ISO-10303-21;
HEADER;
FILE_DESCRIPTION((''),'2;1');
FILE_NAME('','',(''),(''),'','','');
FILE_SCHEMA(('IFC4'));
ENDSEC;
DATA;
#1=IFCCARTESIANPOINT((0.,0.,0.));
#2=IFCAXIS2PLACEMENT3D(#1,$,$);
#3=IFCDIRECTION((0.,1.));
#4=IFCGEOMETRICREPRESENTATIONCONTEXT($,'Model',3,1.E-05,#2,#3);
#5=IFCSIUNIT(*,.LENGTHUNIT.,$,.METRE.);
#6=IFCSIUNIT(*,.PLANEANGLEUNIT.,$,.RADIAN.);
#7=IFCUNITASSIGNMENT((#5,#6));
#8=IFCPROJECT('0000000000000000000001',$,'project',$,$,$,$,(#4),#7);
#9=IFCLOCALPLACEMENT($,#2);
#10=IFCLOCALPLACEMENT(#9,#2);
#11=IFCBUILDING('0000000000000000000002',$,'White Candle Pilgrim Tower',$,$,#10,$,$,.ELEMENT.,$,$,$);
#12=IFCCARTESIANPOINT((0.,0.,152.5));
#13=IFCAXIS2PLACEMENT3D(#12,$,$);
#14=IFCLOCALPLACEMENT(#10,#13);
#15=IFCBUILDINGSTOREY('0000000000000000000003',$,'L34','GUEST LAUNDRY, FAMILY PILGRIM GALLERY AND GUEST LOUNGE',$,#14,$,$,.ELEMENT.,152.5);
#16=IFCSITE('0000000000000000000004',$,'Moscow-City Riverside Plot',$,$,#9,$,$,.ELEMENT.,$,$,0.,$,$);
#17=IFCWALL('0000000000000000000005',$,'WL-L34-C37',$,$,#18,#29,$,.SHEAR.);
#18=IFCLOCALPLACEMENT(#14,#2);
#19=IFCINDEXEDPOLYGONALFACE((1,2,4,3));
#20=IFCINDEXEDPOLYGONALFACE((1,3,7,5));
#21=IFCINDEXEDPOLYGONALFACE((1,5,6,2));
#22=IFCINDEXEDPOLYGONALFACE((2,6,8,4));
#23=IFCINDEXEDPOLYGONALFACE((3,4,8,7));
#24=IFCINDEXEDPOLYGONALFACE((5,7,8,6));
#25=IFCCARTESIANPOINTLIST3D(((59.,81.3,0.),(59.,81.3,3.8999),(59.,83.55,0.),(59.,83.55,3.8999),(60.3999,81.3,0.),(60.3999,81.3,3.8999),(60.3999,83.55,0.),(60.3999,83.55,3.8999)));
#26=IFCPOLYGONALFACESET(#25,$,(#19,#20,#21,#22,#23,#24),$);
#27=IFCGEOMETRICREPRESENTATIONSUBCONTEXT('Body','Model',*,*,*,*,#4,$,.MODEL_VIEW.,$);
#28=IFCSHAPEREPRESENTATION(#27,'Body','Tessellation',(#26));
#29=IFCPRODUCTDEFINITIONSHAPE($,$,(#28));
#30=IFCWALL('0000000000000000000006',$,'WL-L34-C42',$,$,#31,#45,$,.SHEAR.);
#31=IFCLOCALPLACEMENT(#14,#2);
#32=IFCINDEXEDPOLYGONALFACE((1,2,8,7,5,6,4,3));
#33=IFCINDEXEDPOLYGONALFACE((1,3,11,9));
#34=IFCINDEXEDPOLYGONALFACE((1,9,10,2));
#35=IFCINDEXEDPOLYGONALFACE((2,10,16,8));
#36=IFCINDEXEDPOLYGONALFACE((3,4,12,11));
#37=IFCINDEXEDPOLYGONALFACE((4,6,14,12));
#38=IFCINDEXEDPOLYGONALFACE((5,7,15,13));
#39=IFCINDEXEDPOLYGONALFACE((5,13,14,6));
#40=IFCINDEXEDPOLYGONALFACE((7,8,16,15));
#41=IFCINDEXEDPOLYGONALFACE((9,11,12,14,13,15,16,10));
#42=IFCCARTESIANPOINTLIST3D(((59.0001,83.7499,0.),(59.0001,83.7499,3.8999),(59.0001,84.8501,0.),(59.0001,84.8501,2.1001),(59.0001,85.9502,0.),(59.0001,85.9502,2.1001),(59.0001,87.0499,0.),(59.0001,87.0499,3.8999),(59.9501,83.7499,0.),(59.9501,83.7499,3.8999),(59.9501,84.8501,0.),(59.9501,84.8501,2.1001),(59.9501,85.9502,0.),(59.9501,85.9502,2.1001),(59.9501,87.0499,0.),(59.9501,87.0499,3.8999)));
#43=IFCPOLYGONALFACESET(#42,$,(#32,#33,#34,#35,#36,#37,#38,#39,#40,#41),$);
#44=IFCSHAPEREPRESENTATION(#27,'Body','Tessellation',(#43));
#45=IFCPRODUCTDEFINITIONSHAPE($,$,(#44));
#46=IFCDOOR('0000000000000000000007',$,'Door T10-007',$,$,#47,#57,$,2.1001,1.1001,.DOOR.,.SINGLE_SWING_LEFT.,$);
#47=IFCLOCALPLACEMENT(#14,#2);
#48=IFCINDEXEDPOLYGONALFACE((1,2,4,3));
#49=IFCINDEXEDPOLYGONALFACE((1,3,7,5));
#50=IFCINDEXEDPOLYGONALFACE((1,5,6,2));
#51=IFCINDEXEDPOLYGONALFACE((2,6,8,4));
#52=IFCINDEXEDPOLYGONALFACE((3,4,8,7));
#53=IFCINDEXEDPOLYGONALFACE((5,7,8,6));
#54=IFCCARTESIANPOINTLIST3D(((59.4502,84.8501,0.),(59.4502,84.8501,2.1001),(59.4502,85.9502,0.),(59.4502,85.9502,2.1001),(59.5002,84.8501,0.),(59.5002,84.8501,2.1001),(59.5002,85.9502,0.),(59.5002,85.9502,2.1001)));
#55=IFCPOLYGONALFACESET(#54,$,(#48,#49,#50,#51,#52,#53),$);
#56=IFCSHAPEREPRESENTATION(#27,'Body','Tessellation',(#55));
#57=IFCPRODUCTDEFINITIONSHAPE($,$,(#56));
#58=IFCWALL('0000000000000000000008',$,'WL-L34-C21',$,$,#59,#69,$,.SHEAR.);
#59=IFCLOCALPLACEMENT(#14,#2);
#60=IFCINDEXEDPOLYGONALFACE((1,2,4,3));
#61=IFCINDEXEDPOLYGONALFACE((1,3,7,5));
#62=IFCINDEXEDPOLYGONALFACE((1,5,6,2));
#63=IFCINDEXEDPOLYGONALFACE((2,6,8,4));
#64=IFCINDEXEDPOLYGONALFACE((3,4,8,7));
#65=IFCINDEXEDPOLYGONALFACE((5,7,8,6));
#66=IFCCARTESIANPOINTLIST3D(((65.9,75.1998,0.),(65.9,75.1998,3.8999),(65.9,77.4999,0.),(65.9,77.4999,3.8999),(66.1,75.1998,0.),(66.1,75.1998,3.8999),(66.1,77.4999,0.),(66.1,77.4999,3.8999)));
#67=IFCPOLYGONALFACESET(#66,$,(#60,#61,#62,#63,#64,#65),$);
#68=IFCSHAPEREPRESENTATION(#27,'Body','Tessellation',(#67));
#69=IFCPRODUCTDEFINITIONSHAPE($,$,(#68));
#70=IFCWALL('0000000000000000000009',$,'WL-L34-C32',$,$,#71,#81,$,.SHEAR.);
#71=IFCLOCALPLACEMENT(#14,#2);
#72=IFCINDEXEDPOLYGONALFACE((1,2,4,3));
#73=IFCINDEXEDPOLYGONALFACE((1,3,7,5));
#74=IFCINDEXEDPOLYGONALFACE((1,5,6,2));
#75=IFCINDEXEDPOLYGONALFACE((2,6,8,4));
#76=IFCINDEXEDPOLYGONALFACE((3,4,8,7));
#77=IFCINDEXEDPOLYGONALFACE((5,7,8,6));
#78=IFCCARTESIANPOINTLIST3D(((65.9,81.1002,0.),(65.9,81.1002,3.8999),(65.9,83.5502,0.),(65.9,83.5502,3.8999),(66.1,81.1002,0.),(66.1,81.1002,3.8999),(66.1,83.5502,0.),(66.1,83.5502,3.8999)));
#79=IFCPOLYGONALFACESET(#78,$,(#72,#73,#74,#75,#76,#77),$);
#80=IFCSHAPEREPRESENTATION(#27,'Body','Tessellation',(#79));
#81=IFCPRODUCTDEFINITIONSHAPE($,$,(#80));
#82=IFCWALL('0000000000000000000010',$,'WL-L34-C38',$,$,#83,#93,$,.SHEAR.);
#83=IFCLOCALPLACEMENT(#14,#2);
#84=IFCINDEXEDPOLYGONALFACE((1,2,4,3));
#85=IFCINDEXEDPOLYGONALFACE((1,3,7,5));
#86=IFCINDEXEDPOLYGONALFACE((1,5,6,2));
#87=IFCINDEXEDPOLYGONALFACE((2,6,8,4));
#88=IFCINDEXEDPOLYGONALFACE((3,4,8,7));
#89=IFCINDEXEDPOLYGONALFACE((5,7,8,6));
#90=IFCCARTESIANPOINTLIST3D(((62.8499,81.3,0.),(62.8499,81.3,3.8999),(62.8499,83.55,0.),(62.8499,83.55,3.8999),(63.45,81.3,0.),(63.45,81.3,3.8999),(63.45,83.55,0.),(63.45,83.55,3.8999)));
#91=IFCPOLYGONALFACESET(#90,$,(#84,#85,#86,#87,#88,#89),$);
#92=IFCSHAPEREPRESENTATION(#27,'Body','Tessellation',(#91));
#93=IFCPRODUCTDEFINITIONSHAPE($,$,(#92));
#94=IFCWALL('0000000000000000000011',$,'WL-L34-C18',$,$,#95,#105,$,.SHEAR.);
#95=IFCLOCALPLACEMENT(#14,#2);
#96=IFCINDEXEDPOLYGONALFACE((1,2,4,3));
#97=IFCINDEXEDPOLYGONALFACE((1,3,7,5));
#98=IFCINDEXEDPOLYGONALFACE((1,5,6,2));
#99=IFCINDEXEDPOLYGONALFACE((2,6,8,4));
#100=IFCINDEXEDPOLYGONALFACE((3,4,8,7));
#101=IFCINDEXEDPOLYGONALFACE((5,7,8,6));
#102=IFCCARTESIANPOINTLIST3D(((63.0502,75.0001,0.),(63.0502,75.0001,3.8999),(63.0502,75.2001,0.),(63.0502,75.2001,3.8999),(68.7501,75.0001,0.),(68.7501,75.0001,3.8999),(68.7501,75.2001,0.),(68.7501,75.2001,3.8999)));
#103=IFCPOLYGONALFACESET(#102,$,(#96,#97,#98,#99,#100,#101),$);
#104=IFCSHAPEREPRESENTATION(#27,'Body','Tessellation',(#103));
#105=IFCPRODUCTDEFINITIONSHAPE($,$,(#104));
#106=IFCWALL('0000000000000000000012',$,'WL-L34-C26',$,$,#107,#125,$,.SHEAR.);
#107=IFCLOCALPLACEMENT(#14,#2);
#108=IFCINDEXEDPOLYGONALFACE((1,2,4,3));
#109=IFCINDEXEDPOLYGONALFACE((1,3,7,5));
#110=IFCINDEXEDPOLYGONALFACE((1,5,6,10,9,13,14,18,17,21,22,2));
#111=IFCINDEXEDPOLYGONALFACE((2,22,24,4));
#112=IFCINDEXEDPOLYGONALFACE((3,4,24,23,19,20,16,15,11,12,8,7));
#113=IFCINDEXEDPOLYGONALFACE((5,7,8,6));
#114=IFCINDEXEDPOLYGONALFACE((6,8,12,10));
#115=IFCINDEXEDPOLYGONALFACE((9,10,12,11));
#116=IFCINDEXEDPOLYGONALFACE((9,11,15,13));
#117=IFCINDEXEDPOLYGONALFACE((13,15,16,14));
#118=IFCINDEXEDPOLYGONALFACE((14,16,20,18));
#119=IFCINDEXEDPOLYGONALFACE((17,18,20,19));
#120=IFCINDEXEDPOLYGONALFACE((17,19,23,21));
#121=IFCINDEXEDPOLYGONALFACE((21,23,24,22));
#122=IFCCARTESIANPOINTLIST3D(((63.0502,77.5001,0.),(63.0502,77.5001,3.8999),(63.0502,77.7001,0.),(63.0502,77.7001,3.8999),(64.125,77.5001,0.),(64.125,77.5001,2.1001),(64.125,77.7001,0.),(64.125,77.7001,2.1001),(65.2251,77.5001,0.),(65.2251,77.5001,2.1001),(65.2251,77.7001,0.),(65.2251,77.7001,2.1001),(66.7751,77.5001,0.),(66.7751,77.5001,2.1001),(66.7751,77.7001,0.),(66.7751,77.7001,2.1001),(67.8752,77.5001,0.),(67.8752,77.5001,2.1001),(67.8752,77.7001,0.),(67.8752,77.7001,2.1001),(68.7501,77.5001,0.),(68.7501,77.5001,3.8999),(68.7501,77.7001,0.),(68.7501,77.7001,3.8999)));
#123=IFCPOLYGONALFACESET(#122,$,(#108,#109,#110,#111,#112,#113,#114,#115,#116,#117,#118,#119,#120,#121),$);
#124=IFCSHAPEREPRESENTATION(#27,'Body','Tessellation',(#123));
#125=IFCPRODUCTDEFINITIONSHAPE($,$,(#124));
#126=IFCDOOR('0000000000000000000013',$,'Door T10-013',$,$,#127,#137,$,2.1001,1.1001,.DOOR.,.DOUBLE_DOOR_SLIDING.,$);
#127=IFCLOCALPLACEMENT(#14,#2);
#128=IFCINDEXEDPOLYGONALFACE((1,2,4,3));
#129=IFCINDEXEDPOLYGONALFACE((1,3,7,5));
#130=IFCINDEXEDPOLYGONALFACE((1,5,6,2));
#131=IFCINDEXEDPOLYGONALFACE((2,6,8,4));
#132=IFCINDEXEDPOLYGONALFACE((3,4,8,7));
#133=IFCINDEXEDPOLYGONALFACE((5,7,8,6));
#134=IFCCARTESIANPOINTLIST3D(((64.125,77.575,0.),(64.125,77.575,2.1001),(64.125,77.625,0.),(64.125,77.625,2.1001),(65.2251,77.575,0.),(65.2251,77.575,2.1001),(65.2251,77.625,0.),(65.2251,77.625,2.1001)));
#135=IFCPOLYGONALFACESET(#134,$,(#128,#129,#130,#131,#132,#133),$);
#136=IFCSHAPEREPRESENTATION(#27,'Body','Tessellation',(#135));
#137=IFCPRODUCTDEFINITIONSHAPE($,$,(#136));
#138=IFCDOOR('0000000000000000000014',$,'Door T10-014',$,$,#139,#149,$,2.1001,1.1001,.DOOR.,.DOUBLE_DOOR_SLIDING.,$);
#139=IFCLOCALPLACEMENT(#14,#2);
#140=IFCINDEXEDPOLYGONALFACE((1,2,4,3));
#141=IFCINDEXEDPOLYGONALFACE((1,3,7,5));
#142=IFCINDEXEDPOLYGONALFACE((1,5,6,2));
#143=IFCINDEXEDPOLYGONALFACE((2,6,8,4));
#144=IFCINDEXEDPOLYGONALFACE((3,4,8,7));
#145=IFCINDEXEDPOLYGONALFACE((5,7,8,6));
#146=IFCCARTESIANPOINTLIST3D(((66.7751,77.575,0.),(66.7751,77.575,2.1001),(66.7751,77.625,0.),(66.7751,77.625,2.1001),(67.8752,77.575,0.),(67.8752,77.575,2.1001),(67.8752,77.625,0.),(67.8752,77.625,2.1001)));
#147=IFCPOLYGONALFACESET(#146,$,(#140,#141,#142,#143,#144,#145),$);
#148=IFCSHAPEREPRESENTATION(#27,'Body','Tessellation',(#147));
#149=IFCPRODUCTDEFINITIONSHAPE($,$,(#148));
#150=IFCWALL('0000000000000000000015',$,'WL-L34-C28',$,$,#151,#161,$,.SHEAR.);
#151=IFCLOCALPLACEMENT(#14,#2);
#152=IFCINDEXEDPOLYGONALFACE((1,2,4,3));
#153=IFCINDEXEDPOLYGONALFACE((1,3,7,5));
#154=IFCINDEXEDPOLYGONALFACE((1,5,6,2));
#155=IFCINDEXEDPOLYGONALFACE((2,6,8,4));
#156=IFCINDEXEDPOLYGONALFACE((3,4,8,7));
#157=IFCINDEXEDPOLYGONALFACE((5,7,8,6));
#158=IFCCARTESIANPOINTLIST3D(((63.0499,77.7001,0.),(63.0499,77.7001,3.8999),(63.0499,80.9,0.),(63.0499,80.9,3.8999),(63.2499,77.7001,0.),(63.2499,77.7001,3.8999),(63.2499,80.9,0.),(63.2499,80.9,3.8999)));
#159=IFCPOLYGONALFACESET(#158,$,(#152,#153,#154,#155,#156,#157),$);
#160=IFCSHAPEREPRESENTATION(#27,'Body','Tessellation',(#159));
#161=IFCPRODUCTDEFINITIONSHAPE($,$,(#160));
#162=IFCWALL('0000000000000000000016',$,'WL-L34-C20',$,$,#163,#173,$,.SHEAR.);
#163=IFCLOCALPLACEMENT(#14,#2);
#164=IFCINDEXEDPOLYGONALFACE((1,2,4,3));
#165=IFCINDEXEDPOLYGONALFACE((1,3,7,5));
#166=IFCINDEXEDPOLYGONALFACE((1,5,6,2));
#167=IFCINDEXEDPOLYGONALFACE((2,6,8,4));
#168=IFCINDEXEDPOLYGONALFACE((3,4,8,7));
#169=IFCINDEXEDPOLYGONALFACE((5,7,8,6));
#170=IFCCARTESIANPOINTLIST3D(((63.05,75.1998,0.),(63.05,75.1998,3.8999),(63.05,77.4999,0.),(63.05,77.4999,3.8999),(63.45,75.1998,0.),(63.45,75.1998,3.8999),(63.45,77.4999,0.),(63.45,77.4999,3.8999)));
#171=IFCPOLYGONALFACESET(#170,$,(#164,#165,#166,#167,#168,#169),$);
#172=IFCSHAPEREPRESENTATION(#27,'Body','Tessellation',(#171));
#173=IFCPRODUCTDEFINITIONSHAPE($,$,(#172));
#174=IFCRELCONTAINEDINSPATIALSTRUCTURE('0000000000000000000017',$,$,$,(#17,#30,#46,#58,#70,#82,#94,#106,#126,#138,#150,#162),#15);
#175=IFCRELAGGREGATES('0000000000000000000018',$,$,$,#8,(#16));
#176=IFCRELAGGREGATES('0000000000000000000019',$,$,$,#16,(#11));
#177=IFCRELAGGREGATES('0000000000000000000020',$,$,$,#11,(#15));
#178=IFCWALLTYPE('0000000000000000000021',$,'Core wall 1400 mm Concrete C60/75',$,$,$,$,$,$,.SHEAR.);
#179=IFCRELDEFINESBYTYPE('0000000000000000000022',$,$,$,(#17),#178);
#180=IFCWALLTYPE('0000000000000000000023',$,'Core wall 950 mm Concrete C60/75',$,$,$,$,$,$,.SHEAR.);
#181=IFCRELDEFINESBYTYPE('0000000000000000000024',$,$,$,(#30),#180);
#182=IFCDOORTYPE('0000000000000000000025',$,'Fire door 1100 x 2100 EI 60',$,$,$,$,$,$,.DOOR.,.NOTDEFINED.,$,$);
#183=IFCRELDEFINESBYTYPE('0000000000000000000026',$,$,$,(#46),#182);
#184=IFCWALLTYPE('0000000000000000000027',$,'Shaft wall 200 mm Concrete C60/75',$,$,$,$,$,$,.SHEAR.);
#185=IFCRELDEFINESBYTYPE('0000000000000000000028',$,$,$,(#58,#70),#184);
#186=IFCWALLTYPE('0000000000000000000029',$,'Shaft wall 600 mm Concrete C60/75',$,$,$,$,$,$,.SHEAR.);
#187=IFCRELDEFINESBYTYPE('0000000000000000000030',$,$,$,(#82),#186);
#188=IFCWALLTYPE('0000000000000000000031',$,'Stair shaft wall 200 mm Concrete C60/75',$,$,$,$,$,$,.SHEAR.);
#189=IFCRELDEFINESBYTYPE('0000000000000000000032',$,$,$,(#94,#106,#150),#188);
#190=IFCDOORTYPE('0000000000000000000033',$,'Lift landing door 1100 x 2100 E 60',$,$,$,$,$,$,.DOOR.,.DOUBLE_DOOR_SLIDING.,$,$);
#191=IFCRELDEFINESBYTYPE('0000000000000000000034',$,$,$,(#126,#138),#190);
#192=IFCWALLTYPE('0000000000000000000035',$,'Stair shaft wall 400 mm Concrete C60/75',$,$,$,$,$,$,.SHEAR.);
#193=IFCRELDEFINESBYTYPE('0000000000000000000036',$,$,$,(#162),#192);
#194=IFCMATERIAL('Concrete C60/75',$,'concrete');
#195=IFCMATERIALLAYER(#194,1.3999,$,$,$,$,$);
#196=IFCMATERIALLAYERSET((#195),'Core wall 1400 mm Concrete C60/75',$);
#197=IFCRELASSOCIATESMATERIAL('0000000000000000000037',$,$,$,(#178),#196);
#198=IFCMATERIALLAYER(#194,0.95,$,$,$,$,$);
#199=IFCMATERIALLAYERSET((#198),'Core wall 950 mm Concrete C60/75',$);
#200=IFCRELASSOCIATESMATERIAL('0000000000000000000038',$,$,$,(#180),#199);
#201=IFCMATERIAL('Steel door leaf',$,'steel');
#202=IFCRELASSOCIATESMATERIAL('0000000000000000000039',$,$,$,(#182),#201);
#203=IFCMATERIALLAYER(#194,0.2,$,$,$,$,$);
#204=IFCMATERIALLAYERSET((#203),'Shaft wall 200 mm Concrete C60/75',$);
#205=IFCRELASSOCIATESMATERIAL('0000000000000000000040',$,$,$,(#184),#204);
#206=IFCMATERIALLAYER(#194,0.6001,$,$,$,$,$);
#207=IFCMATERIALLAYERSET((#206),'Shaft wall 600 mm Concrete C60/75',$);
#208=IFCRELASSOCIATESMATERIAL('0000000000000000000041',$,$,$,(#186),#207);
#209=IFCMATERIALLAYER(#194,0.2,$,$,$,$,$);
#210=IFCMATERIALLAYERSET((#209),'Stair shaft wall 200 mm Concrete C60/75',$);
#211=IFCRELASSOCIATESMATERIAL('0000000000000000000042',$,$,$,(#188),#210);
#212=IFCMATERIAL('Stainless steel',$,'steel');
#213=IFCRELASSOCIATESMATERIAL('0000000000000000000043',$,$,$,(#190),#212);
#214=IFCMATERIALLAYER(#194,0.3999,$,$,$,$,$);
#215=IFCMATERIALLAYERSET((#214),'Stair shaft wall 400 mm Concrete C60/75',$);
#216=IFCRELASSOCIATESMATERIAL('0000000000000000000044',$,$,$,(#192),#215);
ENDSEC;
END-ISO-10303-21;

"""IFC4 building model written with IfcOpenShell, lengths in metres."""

from ifc_helpers import new_model, si_unit, direction, frame, frame_2d, origin, place, context, subcontext, project, spatial, rectangle, extrude, material, layer, layer_set, type_object, element, fill, save


model = new_model("IFC4")

# Units and contexts
model_context = context("Model", 3, precision=1e-05, world=origin(), true_north=direction((0.0, 1.0)))
body_context = subcontext(model_context, "Body", "Model", "MODEL_VIEW")
ifc_project = project(units=[si_unit("LENGTHUNIT", "METRE"), si_unit("PLANEANGLEUNIT", "RADIAN")], contexts=[model_context])

# Site, building, storey
site_placement = place(None, origin())
site = spatial("IfcSite", under=ifc_project, at=site_placement, Name="Moscow-City Riverside Plot", CompositionType="ELEMENT", RefElevation=0.0)
building_placement = place(site_placement, origin())
building = spatial("IfcBuilding", under=site, at=building_placement, Name="White Candle Pilgrim Tower", CompositionType="ELEMENT")
storey_placement = place(building_placement, frame((0.0, 0.0, 152.5)))
storey = spatial("IfcBuildingStorey", under=building, at=storey_placement, Name="L34", Description="GUEST LAUNDRY, FAMILY PILGRIM GALLERY AND GUEST LOUNGE", CompositionType="ELEMENT", Elevation=152.5)

# Wall
ifc_material_1 = material(Name="Concrete C60/75", Category="concrete")
ifc_layer_1 = layer(ifc_material_1, 1.3999)
ifc_layer_set_1 = layer_set([ifc_layer_1], Name="Core wall 1400 mm Concrete C60/75")
wall_type_1 = type_object("IfcWallType", Name="Core wall 1400 mm Concrete C60/75", PredefinedType="SHEAR", material=ifc_layer_set_1)
wall_1_placement = place(storey_placement, frame((59.7, 81.3, 0.0), z_axis=(0.0, 0.0, 1.0), x_axis=(0.0, 1.0, 0.0)))
element("IfcWall", 1, at=wall_1_placement, inside=storey, type_object=wall_type_1, Name="WL-L34-C37", PredefinedType="SHEAR", context=body_context, shape_type="SweptSolid", body=[
    extrude(rectangle(XDim=2.25, YDim=1.3999, at=frame_2d((1.125, 0.0))), origin(), (0.0, 0.0, 1.0), 3.8999),
])

# Wall, opening, door
ifc_layer_2 = layer(ifc_material_1, 0.95)
ifc_layer_set_2 = layer_set([ifc_layer_2], Name="Core wall 950 mm Concrete C60/75")
wall_type_2 = type_object("IfcWallType", Name="Core wall 950 mm Concrete C60/75", PredefinedType="SHEAR", material=ifc_layer_set_2)
wall_2_placement = place(storey_placement, frame((59.4751, 83.75, 0.0), z_axis=(0.0, 0.0, 1.0), x_axis=(0.0, 1.0, 0.0)))
wall_2 = element("IfcWall", 2, at=wall_2_placement, inside=storey, type_object=wall_type_2, Name="WL-L34-C42", PredefinedType="SHEAR", context=body_context, shape_type="SweptSolid", body=[
    extrude(rectangle(XDim=3.3, YDim=0.95, at=frame_2d((1.6499, 0.0))), origin(), (0.0, 0.0, 1.0), 3.8999),
])
opening_1_placement = place(wall_2_placement, frame((1.1001, 0.0, 0.0)))
opening_1 = element("IfcOpeningElement", 3, at=opening_1_placement, cuts=wall_2, PredefinedType="OPENING", context=body_context, shape_type="SweptSolid", body=[
    extrude(rectangle(XDim=1.1001, YDim=2.1001, at=frame_2d((0.55, 1.05))), frame((0.0, 0.4849, 0.0), z_axis=(0.0, -1.0, 0.0), x_axis=(1.0, 0.0, 0.0)), (0.0, 0.0, 1.0), 0.97),
])
ifc_material_2 = material(Name="Steel door leaf", Category="steel")
door_type_1 = type_object("IfcDoorType", Name="Fire door 1100 x 2100 EI 60", OperationType="NOTDEFINED", PredefinedType="DOOR", material=ifc_material_2)
door_1_placement = place(opening_1_placement, origin())
door_1 = element("IfcDoor", 4, at=door_1_placement, inside=storey, type_object=door_type_1, Name="Door T10-007", OperationType="SINGLE_SWING_LEFT", OverallHeight=2.1001, OverallWidth=1.1001, PredefinedType="DOOR", context=body_context, shape_type="SweptSolid", body=[
    extrude(rectangle(XDim=1.1001, YDim=2.1001, at=frame_2d((0.55, 1.05))), frame((0.0, 0.0249, 0.0), z_axis=(0.0, -1.0, 0.0), x_axis=(1.0, 0.0, 0.0)), (0.0, 0.0, 1.0), 0.05),
])
fill(opening_1, door_1)

# Walls
ifc_layer_3 = layer(ifc_material_1, 0.2)
ifc_layer_set_3 = layer_set([ifc_layer_3], Name="Shaft wall 200 mm Concrete C60/75")
wall_type_3 = type_object("IfcWallType", Name="Shaft wall 200 mm Concrete C60/75", PredefinedType="SHEAR", material=ifc_layer_set_3)
wall_3_placement = place(storey_placement, frame((66.0, 75.2, 0.0), z_axis=(0.0, 0.0, 1.0), x_axis=(0.0, 1.0, 0.0)))
element("IfcWall", 5, at=wall_3_placement, inside=storey, type_object=wall_type_3, Name="WL-L34-C21", PredefinedType="SHEAR", context=body_context, shape_type="SweptSolid", body=[
    extrude(rectangle(XDim=2.3, YDim=0.2, at=frame_2d((1.1499, 0.0))), origin(), (0.0, 0.0, 1.0), 3.8999),
])
wall_4_placement = place(storey_placement, frame((66.0, 81.1001, 0.0), z_axis=(0.0, 0.0, 1.0), x_axis=(0.0, 1.0, 0.0)))
element("IfcWall", 6, at=wall_4_placement, inside=storey, type_object=wall_type_3, Name="WL-L34-C32", PredefinedType="SHEAR", context=body_context, shape_type="SweptSolid", body=[
    extrude(rectangle(XDim=2.45, YDim=0.2, at=frame_2d((1.2251, 0.0))), origin(), (0.0, 0.0, 1.0), 3.8999),
])
ifc_layer_4 = layer(ifc_material_1, 0.6001)
ifc_layer_set_4 = layer_set([ifc_layer_4], Name="Shaft wall 600 mm Concrete C60/75")
wall_type_4 = type_object("IfcWallType", Name="Shaft wall 600 mm Concrete C60/75", PredefinedType="SHEAR", material=ifc_layer_set_4)
wall_5_placement = place(storey_placement, frame((63.1499, 81.3, 0.0), z_axis=(0.0, 0.0, 1.0), x_axis=(0.0, 1.0, 0.0)))
element("IfcWall", 7, at=wall_5_placement, inside=storey, type_object=wall_type_4, Name="WL-L34-C38", PredefinedType="SHEAR", context=body_context, shape_type="SweptSolid", body=[
    extrude(rectangle(XDim=2.25, YDim=0.6001, at=frame_2d((1.125, 0.0))), origin(), (0.0, 0.0, 1.0), 3.8999),
])
ifc_layer_5 = layer(ifc_material_1, 0.2)
ifc_layer_set_5 = layer_set([ifc_layer_5], Name="Stair shaft wall 200 mm Concrete C60/75")
wall_type_5 = type_object("IfcWallType", Name="Stair shaft wall 200 mm Concrete C60/75", PredefinedType="SHEAR", material=ifc_layer_set_5)
wall_6_placement = place(storey_placement, frame((63.05, 75.1001, 0.0), z_axis=(0.0, 0.0, 1.0), x_axis=(1.0, 0.0, 0.0)))
element("IfcWall", 8, at=wall_6_placement, inside=storey, type_object=wall_type_5, Name="WL-L34-C18", PredefinedType="SHEAR", context=body_context, shape_type="SweptSolid", body=[
    extrude(rectangle(XDim=5.7, YDim=0.2, at=frame_2d((2.8501, 0.0))), origin(), (0.0, 0.0, 1.0), 3.8999),
])

# Wall, openings, doors
wall_7_placement = place(storey_placement, frame((63.05, 77.6001, 0.0), z_axis=(0.0, 0.0, 1.0), x_axis=(1.0, 0.0, 0.0)))
wall_7 = element("IfcWall", 9, at=wall_7_placement, inside=storey, type_object=wall_type_5, Name="WL-L34-C26", PredefinedType="SHEAR", context=body_context, shape_type="SweptSolid", body=[
    extrude(rectangle(XDim=5.7, YDim=0.2, at=frame_2d((2.8501, 0.0))), origin(), (0.0, 0.0, 1.0), 3.8999),
])
opening_2_placement = place(wall_7_placement, frame((1.075, 0.0, 0.0)))
opening_2 = element("IfcOpeningElement", 10, at=opening_2_placement, cuts=wall_7, PredefinedType="OPENING", context=body_context, shape_type="SweptSolid", body=[
    extrude(rectangle(XDim=1.1001, YDim=2.1001, at=frame_2d((0.55, 1.05))), frame((0.0, 0.1099, 0.0), z_axis=(0.0, -1.0, 0.0), x_axis=(1.0, 0.0, 0.0)), (0.0, 0.0, 1.0), 0.22),
])
opening_3_placement = place(wall_7_placement, frame((3.7251, 0.0, 0.0)))
opening_3 = element("IfcOpeningElement", 11, at=opening_3_placement, cuts=wall_7, PredefinedType="OPENING", context=body_context, shape_type="SweptSolid", body=[
    extrude(rectangle(XDim=1.1001, YDim=2.1001, at=frame_2d((0.55, 1.05))), frame((0.0, 0.1099, 0.0), z_axis=(0.0, -1.0, 0.0), x_axis=(1.0, 0.0, 0.0)), (0.0, 0.0, 1.0), 0.22),
])
ifc_material_3 = material(Name="Stainless steel", Category="steel")
door_type_2 = type_object("IfcDoorType", Name="Lift landing door 1100 x 2100 E 60", OperationType="DOUBLE_DOOR_SLIDING", PredefinedType="DOOR", material=ifc_material_3)
door_2_placement = place(opening_2_placement, origin())
door_2 = element("IfcDoor", 12, at=door_2_placement, inside=storey, type_object=door_type_2, Name="Door T10-013", OperationType="DOUBLE_DOOR_SLIDING", OverallHeight=2.1001, OverallWidth=1.1001, PredefinedType="DOOR", context=body_context, shape_type="SweptSolid", body=[
    extrude(rectangle(XDim=1.1001, YDim=2.1001, at=frame_2d((0.55, 1.05))), frame((0.0, 0.0249, 0.0), z_axis=(0.0, -1.0, 0.0), x_axis=(1.0, 0.0, 0.0)), (0.0, 0.0, 1.0), 0.05),
])
fill(opening_2, door_2)
door_3_placement = place(opening_3_placement, origin())
door_3 = element("IfcDoor", 13, at=door_3_placement, inside=storey, type_object=door_type_2, Name="Door T10-014", OperationType="DOUBLE_DOOR_SLIDING", OverallHeight=2.1001, OverallWidth=1.1001, PredefinedType="DOOR", context=body_context, shape_type="SweptSolid", body=[
    extrude(rectangle(XDim=1.1001, YDim=2.1001, at=frame_2d((0.55, 1.05))), frame((0.0, 0.0249, 0.0), z_axis=(0.0, -1.0, 0.0), x_axis=(1.0, 0.0, 0.0)), (0.0, 0.0, 1.0), 0.05),
])
fill(opening_3, door_3)

# Walls
wall_8_placement = place(storey_placement, frame((63.1499, 77.7, 0.0), z_axis=(0.0, 0.0, 1.0), x_axis=(0.0, 1.0, 0.0)))
element("IfcWall", 14, at=wall_8_placement, inside=storey, type_object=wall_type_5, Name="WL-L34-C28", PredefinedType="SHEAR", context=body_context, shape_type="SweptSolid", body=[
    extrude(rectangle(XDim=3.2, YDim=0.2, at=frame_2d((1.6001, 0.0))), origin(), (0.0, 0.0, 1.0), 3.8999),
])
ifc_layer_6 = layer(ifc_material_1, 0.3999)
ifc_layer_set_6 = layer_set([ifc_layer_6], Name="Stair shaft wall 400 mm Concrete C60/75")
wall_type_6 = type_object("IfcWallType", Name="Stair shaft wall 400 mm Concrete C60/75", PredefinedType="SHEAR", material=ifc_layer_set_6)
wall_9_placement = place(storey_placement, frame((63.25, 75.2, 0.0), z_axis=(0.0, 0.0, 1.0), x_axis=(0.0, 1.0, 0.0)))
element("IfcWall", 15, at=wall_9_placement, inside=storey, type_object=wall_type_6, Name="WL-L34-C20", PredefinedType="SHEAR", context=body_context, shape_type="SweptSolid", body=[
    extrude(rectangle(XDim=2.3, YDim=0.3999, at=frame_2d((1.1499, 0.0))), origin(), (0.0, 0.0, 1.0), 3.8999),
])

save(model, "model.ifc")
